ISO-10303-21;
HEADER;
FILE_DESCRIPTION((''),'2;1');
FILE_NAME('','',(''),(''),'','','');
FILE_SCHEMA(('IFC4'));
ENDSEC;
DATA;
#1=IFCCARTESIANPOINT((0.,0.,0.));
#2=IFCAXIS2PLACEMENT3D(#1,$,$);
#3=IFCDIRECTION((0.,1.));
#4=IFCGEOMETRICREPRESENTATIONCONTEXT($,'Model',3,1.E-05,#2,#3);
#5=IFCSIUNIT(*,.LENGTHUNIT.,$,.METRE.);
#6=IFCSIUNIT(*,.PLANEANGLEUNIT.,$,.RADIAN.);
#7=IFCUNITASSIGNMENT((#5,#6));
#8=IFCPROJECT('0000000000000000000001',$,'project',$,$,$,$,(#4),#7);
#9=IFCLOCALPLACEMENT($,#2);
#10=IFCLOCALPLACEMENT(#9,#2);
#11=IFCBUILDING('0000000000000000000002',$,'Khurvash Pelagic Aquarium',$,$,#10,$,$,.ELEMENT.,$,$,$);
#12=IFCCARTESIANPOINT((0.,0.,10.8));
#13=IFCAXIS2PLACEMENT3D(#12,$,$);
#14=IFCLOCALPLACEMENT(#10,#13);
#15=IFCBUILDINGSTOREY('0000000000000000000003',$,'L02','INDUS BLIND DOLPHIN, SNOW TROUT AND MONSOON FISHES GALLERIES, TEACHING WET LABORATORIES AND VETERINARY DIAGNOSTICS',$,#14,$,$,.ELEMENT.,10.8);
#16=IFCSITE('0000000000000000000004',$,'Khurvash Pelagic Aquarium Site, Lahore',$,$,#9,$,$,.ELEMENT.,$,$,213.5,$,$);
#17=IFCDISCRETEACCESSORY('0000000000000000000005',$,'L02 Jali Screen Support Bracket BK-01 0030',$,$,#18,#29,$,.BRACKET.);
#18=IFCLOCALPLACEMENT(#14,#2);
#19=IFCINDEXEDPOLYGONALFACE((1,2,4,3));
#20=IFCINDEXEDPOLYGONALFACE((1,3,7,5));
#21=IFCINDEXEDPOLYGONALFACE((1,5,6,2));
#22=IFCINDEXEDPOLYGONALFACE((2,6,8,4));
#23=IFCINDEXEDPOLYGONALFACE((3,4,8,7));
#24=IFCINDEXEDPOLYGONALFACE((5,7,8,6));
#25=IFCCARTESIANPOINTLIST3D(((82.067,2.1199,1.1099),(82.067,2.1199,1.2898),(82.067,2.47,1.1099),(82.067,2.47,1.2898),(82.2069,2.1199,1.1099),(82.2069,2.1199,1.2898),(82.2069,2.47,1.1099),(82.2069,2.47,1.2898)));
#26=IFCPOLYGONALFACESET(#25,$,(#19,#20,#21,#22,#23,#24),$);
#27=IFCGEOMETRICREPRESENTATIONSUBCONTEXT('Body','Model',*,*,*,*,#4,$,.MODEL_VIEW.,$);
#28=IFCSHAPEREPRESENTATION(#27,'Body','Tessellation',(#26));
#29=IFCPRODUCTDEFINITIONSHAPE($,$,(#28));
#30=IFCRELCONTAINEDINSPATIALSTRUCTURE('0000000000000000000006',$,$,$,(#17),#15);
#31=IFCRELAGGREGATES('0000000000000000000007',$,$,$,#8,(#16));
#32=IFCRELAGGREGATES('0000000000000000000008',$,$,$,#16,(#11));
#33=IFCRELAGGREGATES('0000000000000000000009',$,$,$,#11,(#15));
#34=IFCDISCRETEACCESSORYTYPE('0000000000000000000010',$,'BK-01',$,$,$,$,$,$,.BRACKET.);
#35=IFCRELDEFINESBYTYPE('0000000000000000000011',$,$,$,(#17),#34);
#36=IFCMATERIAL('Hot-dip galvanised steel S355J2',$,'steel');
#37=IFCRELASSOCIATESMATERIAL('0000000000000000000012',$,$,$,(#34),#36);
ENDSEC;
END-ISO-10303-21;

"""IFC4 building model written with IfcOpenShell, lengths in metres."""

from ifc_helpers import new_model, si_unit, direction, frame, origin, origin_2d, place, context, subcontext, project, spatial, rectangle, extrude, material, type_object, element, save


model = new_model("IFC4")

# Units and contexts
model_context = context("Model", 3, precision=1e-05, world=origin(), true_north=direction((0.0, 1.0)))
body_context = subcontext(model_context, "Body", "Model", "MODEL_VIEW")
ifc_project = project(units=[si_unit("LENGTHUNIT", "METRE"), si_unit("PLANEANGLEUNIT", "RADIAN")], contexts=[model_context])

# Site, building, storey
site_placement = place(None, origin())
site = spatial("IfcSite", under=ifc_project, at=site_placement, Name="Khurvash Pelagic Aquarium Site, Lahore", CompositionType="ELEMENT", RefElevation=213.5)
building_placement = place(site_placement, origin())
building = spatial("IfcBuilding", under=site, at=building_placement, Name="Khurvash Pelagic Aquarium", CompositionType="ELEMENT")
storey_placement = place(building_placement, frame((0.0, 0.0, 10.8)))
storey = spatial("IfcBuildingStorey", under=building, at=storey_placement, Name="L02", Description="INDUS BLIND DOLPHIN, SNOW TROUT AND MONSOON FISHES GALLERIES, TEACHING WET LABORATORIES AND VETERINARY DIAGNOSTICS", CompositionType="ELEMENT", Elevation=10.8)

# Discrete accessory
ifc_material_1 = material(Name="Hot-dip galvanised steel S355J2", Category="steel")
discrete_accessory_type = type_object("IfcDiscreteAccessoryType", Name="BK-01", PredefinedType="BRACKET", material=ifc_material_1)
for number, where, z_axis, x_axis, name in (
    (1, (82.137, 2.2949, 1.1099), (0.0, 0.0, 1.0), (1.0, 0.0, 0.0), "L02 Jali Screen Support Bracket BK-01 0030"),
):
    element("IfcDiscreteAccessory", number, at=place(storey_placement, frame(where, z_axis=z_axis, x_axis=x_axis)), inside=storey, type_object=discrete_accessory_type, Name=name, PredefinedType="BRACKET", context=body_context, shape_type="SweptSolid", body=[
        extrude(rectangle(XDim=0.1399, YDim=0.3501, at=origin_2d()), origin(), (0.0, 0.0, 1.0), 0.1799),
    ])

save(model, "model.ifc")
